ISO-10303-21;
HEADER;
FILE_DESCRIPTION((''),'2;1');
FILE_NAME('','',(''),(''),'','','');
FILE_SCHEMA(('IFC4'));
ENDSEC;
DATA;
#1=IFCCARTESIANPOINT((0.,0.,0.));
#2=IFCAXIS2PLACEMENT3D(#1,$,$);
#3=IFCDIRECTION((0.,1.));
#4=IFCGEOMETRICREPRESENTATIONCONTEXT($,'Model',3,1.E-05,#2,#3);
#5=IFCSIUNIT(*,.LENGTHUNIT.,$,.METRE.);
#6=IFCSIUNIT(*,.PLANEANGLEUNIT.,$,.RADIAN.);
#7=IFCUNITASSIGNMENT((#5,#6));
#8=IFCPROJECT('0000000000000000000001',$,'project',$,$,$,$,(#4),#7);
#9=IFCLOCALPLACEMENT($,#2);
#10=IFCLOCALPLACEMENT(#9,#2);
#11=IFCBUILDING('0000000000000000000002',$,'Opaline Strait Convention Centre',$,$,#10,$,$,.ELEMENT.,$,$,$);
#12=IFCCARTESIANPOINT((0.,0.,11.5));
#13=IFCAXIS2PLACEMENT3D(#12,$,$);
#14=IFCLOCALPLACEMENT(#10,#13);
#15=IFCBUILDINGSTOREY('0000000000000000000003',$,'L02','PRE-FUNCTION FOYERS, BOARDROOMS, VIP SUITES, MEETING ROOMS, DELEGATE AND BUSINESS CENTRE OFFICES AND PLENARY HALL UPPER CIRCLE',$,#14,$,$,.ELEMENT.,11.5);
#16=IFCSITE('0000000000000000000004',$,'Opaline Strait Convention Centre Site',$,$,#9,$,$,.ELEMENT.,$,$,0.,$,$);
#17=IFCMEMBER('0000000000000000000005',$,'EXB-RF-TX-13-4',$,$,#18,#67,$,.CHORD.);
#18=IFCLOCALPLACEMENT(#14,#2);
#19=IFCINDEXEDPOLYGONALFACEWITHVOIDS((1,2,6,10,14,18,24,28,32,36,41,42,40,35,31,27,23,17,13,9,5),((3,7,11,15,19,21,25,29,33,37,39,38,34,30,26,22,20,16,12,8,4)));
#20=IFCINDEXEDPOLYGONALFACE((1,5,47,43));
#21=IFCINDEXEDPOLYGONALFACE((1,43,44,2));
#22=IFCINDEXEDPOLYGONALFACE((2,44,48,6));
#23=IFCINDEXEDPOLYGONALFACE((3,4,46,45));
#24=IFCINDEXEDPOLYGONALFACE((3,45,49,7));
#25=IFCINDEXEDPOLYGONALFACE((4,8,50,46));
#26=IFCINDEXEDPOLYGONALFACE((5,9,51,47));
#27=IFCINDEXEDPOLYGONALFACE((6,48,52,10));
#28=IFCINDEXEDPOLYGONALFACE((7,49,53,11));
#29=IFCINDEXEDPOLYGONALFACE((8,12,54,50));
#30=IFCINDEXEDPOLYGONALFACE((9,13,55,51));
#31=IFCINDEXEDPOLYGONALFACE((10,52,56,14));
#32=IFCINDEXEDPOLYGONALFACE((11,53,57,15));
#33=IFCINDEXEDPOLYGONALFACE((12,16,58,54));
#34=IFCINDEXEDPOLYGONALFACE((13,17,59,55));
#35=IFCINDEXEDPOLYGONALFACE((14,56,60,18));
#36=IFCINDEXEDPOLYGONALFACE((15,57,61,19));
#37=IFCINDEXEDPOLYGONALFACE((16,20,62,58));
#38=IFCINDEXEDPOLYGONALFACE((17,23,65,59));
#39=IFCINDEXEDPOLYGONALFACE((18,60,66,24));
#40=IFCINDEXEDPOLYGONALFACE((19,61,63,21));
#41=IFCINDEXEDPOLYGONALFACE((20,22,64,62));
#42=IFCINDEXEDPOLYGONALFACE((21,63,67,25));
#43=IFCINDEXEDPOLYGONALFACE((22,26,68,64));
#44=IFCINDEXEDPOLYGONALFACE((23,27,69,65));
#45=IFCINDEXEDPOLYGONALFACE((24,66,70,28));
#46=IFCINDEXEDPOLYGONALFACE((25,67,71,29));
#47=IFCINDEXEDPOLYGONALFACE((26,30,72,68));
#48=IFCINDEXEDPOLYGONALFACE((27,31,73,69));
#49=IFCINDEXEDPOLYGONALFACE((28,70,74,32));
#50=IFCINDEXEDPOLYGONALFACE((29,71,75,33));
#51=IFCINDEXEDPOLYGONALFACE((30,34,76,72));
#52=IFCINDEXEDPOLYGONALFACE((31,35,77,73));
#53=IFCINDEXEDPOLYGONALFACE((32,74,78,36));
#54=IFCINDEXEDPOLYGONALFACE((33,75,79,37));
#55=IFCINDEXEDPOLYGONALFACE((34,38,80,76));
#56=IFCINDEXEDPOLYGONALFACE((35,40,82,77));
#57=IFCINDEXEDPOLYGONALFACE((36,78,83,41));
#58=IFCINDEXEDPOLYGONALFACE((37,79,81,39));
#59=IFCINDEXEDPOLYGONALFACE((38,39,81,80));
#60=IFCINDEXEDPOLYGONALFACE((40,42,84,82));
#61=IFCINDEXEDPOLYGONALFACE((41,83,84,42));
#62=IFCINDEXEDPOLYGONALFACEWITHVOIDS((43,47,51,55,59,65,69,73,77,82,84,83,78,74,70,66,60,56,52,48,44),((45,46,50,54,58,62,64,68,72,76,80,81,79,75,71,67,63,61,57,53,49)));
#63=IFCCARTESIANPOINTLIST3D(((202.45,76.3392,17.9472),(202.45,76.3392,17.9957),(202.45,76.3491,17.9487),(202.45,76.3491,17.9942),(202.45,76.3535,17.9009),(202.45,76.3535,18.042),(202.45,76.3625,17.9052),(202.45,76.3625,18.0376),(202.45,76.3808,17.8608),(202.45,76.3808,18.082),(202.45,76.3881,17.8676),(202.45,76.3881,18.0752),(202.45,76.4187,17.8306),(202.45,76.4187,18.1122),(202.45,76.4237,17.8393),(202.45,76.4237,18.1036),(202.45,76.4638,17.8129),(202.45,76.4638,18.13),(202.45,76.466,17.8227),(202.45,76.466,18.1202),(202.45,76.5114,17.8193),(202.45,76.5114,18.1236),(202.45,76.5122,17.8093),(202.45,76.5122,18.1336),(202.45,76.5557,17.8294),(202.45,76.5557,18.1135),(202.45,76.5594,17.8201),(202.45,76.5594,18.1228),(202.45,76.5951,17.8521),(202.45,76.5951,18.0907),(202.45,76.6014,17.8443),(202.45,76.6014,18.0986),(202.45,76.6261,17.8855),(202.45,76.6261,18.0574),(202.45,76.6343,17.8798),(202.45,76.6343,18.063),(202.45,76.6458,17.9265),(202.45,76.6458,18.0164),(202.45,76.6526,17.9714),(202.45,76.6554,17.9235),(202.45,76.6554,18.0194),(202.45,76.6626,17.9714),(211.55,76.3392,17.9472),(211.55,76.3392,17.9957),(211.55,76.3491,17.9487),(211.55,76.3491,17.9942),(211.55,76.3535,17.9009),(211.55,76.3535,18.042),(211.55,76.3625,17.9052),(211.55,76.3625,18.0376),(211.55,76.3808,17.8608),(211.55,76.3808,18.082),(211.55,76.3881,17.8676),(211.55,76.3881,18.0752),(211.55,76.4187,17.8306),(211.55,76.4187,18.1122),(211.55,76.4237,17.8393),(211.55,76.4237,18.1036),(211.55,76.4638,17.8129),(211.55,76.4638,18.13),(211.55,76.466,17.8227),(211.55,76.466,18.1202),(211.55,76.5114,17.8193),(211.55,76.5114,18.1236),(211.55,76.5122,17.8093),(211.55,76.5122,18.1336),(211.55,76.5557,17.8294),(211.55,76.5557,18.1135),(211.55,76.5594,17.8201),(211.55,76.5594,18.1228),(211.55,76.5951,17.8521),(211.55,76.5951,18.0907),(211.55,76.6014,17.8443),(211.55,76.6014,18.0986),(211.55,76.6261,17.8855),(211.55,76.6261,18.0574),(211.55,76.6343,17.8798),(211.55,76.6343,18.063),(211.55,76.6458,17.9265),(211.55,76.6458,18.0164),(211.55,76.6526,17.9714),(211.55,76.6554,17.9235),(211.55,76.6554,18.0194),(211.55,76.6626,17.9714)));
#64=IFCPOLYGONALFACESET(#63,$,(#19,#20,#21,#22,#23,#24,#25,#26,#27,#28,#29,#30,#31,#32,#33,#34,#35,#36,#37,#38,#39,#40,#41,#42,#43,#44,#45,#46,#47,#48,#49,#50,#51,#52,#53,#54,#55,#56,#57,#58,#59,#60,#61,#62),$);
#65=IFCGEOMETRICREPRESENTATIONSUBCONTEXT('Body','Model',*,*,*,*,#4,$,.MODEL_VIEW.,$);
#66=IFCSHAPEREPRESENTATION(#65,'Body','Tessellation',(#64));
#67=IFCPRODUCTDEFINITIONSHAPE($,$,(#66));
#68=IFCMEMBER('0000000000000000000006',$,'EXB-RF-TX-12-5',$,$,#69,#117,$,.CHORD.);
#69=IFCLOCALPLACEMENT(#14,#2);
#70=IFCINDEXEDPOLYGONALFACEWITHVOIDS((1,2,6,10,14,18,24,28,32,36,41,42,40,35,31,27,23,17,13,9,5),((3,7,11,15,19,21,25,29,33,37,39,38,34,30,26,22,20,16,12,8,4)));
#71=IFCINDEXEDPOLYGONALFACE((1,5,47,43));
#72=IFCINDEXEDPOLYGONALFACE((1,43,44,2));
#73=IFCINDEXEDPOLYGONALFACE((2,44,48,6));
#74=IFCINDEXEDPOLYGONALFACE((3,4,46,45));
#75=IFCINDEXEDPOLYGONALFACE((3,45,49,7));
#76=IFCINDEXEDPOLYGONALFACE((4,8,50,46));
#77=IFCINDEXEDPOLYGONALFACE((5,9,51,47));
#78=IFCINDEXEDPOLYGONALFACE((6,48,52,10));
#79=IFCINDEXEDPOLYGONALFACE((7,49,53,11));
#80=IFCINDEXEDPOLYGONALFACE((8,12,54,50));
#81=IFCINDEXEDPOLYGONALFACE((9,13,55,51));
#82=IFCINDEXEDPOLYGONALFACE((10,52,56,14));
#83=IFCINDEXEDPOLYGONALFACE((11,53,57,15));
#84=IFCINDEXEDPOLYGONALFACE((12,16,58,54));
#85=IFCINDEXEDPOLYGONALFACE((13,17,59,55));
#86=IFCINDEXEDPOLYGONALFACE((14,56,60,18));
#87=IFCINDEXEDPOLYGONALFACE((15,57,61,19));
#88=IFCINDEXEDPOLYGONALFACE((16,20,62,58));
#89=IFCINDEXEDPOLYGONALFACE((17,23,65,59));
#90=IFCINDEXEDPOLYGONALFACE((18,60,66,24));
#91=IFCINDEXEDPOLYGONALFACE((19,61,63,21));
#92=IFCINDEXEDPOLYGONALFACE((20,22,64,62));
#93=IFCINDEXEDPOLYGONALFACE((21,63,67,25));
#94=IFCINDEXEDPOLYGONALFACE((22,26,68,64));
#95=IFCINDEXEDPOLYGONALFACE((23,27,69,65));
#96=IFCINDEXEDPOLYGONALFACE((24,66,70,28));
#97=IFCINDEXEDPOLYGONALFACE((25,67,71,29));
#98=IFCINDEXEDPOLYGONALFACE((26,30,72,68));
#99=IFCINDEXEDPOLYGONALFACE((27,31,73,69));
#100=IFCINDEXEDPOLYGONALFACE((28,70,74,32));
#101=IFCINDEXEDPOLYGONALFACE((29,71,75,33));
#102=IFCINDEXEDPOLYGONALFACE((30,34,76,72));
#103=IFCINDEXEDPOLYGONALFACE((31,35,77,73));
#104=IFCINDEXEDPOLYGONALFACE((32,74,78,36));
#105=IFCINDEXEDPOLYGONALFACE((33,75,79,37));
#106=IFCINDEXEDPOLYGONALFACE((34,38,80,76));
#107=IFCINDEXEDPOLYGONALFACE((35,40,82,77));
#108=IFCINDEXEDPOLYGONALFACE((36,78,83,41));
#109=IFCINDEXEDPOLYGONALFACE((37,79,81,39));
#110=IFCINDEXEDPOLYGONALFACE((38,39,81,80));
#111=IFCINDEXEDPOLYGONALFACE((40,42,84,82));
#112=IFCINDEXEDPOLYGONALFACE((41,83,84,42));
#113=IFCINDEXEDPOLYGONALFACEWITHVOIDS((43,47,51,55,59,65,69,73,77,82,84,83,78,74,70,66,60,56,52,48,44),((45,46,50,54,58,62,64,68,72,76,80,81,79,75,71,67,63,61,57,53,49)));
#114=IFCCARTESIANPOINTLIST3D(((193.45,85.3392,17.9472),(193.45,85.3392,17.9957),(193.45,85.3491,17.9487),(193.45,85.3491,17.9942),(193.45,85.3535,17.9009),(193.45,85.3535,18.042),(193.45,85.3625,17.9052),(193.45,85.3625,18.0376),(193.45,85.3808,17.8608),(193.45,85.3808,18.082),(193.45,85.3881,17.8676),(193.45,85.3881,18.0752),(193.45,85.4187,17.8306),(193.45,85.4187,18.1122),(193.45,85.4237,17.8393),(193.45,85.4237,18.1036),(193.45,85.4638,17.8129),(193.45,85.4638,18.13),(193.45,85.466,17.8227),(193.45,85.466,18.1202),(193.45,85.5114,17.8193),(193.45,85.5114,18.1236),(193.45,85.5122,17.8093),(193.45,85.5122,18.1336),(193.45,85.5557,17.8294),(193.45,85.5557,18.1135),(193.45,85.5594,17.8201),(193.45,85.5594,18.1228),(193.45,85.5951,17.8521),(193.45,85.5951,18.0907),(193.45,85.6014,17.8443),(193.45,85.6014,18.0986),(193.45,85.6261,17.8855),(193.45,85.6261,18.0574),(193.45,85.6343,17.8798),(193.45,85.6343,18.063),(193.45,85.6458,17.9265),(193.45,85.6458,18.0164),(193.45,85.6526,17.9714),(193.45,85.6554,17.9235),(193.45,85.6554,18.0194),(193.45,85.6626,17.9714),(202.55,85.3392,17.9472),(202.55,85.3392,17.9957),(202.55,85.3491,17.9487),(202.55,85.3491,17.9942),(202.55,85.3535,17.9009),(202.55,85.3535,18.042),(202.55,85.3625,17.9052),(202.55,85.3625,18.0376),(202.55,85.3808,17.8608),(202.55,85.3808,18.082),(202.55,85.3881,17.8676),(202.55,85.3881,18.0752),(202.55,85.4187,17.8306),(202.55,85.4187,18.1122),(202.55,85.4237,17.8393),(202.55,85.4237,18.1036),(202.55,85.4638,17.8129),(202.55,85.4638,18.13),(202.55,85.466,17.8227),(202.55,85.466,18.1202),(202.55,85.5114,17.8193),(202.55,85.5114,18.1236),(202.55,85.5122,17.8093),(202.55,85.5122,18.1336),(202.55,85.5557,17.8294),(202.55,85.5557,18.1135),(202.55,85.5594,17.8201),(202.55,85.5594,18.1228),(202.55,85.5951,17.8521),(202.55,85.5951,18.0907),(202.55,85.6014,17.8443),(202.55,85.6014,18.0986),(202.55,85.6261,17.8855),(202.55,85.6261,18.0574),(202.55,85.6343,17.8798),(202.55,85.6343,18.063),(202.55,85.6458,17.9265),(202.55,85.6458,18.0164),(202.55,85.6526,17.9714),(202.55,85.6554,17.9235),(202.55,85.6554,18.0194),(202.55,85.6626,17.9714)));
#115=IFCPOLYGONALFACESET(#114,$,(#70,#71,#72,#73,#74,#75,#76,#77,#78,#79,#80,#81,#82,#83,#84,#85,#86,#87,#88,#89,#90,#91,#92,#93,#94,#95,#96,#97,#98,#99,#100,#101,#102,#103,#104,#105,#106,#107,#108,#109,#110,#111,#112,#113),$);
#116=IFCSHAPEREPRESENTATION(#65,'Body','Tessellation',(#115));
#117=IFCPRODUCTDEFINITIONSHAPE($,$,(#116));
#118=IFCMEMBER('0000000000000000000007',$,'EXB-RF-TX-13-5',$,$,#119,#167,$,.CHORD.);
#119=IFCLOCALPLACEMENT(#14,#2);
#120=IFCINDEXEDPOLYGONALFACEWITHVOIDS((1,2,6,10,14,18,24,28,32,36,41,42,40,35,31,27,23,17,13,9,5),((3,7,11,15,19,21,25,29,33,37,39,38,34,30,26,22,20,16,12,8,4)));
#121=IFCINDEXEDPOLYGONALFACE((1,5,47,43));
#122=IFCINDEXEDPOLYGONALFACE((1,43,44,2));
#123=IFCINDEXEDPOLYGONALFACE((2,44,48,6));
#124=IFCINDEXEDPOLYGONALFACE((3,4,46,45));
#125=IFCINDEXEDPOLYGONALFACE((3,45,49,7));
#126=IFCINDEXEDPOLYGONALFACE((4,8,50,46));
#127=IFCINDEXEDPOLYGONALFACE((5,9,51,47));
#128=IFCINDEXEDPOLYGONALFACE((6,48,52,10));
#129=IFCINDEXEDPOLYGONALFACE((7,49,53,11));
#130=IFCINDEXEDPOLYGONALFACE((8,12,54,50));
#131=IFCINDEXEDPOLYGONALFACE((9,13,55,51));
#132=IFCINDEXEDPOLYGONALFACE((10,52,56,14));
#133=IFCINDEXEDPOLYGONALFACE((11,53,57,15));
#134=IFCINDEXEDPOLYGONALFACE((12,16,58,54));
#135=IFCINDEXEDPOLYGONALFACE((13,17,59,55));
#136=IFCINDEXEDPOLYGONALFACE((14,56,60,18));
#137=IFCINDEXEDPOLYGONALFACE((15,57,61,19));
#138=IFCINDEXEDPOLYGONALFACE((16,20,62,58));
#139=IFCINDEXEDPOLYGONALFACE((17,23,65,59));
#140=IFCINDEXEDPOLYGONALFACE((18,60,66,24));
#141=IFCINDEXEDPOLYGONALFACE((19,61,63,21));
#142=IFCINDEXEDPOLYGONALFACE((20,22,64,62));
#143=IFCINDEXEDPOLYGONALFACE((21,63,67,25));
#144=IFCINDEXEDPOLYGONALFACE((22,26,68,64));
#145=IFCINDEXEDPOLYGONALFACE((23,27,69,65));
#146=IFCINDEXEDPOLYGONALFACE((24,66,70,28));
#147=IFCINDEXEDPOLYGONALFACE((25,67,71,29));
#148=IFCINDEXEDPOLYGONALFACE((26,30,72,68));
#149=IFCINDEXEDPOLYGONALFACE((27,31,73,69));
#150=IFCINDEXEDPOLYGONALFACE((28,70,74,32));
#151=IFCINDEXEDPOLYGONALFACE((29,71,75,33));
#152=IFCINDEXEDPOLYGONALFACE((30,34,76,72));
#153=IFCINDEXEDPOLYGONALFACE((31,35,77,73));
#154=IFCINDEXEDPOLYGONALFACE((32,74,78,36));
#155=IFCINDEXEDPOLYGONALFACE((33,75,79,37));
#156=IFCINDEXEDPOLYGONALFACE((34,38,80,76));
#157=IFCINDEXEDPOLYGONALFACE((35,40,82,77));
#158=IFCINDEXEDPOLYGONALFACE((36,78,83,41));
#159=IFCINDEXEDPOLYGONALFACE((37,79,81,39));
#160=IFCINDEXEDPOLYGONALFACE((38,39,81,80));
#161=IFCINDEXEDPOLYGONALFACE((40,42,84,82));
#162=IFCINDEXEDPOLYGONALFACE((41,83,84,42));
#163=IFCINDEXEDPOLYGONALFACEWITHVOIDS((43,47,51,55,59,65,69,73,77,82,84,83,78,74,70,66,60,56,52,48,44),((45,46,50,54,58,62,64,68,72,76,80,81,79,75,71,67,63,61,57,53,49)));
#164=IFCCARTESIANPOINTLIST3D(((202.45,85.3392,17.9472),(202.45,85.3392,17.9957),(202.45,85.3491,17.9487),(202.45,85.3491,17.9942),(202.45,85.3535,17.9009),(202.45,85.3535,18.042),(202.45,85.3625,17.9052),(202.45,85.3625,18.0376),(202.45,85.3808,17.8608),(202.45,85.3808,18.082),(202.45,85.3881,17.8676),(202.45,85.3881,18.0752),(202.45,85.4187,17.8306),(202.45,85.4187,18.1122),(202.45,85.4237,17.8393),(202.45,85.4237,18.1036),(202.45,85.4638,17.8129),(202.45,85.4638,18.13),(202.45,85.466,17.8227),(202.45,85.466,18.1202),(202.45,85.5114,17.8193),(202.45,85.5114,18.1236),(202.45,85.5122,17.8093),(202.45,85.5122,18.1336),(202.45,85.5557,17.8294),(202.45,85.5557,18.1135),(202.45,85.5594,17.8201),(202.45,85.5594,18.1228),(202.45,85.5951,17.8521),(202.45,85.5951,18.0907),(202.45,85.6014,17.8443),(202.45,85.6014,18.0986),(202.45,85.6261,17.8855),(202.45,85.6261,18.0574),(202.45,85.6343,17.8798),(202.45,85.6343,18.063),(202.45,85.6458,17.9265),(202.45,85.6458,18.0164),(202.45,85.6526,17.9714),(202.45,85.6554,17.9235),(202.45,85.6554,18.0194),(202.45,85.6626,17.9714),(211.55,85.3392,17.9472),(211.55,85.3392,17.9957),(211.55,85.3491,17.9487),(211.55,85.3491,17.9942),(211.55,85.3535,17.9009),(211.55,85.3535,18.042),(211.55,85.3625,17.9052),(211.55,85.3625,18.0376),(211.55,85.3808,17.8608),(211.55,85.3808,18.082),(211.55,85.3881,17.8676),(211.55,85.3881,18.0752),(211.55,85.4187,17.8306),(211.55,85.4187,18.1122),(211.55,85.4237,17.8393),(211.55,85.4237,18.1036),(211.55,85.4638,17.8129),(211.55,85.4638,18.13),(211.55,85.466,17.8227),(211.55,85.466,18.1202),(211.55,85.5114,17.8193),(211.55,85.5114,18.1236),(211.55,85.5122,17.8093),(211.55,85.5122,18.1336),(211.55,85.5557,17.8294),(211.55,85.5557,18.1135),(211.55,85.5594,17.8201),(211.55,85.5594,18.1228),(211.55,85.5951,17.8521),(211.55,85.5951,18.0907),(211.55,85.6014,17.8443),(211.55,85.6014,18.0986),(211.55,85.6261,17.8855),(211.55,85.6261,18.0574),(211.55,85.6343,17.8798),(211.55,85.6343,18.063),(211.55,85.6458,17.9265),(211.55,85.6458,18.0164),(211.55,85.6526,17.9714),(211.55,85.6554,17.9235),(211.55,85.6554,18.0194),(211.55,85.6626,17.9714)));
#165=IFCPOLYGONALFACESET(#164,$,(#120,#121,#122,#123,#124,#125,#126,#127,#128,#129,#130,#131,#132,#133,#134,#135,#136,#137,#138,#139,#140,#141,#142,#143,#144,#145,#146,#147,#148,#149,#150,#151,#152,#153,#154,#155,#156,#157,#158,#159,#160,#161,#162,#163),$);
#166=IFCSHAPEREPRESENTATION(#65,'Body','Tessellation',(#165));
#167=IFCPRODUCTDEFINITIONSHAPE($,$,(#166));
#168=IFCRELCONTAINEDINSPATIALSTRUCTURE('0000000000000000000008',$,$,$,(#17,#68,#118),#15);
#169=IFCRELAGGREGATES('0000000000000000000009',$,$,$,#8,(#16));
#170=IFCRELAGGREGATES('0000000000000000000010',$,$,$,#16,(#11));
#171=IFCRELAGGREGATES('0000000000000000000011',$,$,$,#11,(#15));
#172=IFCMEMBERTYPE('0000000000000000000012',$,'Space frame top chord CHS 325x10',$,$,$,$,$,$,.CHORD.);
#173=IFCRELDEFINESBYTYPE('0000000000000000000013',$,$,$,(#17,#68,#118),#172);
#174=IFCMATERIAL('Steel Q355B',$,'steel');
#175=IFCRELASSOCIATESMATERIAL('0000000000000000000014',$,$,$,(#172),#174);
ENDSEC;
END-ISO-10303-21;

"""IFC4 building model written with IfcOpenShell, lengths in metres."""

from ifc_helpers import new_model, si_unit, direction, frame, origin, origin_2d, place, context, subcontext, project, spatial, hollow_circle, extrude, material, material_profile, profile_set, type_object, element, save


model = new_model("IFC4")

# Units and contexts
model_context = context("Model", 3, precision=1e-05, world=origin(), true_north=direction((0.0, 1.0)))
body_context = subcontext(model_context, "Body", "Model", "MODEL_VIEW")
ifc_project = project(units=[si_unit("LENGTHUNIT", "METRE"), si_unit("PLANEANGLEUNIT", "RADIAN")], contexts=[model_context])

# Site, building, storey
site_placement = place(None, origin())
site = spatial("IfcSite", under=ifc_project, at=site_placement, Name="Opaline Strait Convention Centre Site", CompositionType="ELEMENT", RefElevation=0.0)
building_placement = place(site_placement, origin())
building = spatial("IfcBuilding", under=site, at=building_placement, Name="Opaline Strait Convention Centre", CompositionType="ELEMENT")
storey_placement = place(building_placement, frame((0.0, 0.0, 11.5)))
storey = spatial("IfcBuildingStorey", under=building, at=storey_placement, Name="L02", Description="PRE-FUNCTION FOYERS, BOARDROOMS, VIP SUITES, MEETING ROOMS, DELEGATE AND BUSINESS CENTRE OFFICES AND PLENARY HALL UPPER CIRCLE", CompositionType="ELEMENT", Elevation=11.5)

# Members
ifc_material_1 = material(Name="Steel Q355B", Category="steel")
ifc_material_profile_1 = material_profile(ifc_material_1, hollow_circle(Radius=0.1626, WallThickness=0.01, at=origin_2d()), Name="CHS 325x10")
ifc_profile_set_1 = profile_set([ifc_material_profile_1], Name="Steel Q355B")
member_type_1 = type_object("IfcMemberType", Name="Space frame top chord CHS 325x10", PredefinedType="CHORD", material=ifc_profile_set_1)
for number, where, z_axis, x_axis, name in (
    (1, (202.45, 76.5, 17.9714), (1.0, 0.0, 0.0), (0.0, 1.0, 0.0), "EXB-RF-TX-13-4"),
    (2, (193.45, 85.5, 17.9714), (1.0, 0.0, 0.0), (0.0, 1.0, 0.0), "EXB-RF-TX-12-5"),
    (3, (202.45, 85.5, 17.9714), (1.0, 0.0, 0.0), (0.0, 1.0, 0.0), "EXB-RF-TX-13-5"),
):
    element("IfcMember", number, at=place(storey_placement, frame(where, z_axis=z_axis, x_axis=x_axis)), inside=storey, type_object=member_type_1, Name=name, PredefinedType="CHORD", context=body_context, shape_type="SweptSolid", body=[
        extrude(hollow_circle(Radius=0.1626, WallThickness=0.01, at=origin_2d()), origin(), (0.0, 0.0, 1.0), 9.1001),
    ])

save(model, "model.ifc")
